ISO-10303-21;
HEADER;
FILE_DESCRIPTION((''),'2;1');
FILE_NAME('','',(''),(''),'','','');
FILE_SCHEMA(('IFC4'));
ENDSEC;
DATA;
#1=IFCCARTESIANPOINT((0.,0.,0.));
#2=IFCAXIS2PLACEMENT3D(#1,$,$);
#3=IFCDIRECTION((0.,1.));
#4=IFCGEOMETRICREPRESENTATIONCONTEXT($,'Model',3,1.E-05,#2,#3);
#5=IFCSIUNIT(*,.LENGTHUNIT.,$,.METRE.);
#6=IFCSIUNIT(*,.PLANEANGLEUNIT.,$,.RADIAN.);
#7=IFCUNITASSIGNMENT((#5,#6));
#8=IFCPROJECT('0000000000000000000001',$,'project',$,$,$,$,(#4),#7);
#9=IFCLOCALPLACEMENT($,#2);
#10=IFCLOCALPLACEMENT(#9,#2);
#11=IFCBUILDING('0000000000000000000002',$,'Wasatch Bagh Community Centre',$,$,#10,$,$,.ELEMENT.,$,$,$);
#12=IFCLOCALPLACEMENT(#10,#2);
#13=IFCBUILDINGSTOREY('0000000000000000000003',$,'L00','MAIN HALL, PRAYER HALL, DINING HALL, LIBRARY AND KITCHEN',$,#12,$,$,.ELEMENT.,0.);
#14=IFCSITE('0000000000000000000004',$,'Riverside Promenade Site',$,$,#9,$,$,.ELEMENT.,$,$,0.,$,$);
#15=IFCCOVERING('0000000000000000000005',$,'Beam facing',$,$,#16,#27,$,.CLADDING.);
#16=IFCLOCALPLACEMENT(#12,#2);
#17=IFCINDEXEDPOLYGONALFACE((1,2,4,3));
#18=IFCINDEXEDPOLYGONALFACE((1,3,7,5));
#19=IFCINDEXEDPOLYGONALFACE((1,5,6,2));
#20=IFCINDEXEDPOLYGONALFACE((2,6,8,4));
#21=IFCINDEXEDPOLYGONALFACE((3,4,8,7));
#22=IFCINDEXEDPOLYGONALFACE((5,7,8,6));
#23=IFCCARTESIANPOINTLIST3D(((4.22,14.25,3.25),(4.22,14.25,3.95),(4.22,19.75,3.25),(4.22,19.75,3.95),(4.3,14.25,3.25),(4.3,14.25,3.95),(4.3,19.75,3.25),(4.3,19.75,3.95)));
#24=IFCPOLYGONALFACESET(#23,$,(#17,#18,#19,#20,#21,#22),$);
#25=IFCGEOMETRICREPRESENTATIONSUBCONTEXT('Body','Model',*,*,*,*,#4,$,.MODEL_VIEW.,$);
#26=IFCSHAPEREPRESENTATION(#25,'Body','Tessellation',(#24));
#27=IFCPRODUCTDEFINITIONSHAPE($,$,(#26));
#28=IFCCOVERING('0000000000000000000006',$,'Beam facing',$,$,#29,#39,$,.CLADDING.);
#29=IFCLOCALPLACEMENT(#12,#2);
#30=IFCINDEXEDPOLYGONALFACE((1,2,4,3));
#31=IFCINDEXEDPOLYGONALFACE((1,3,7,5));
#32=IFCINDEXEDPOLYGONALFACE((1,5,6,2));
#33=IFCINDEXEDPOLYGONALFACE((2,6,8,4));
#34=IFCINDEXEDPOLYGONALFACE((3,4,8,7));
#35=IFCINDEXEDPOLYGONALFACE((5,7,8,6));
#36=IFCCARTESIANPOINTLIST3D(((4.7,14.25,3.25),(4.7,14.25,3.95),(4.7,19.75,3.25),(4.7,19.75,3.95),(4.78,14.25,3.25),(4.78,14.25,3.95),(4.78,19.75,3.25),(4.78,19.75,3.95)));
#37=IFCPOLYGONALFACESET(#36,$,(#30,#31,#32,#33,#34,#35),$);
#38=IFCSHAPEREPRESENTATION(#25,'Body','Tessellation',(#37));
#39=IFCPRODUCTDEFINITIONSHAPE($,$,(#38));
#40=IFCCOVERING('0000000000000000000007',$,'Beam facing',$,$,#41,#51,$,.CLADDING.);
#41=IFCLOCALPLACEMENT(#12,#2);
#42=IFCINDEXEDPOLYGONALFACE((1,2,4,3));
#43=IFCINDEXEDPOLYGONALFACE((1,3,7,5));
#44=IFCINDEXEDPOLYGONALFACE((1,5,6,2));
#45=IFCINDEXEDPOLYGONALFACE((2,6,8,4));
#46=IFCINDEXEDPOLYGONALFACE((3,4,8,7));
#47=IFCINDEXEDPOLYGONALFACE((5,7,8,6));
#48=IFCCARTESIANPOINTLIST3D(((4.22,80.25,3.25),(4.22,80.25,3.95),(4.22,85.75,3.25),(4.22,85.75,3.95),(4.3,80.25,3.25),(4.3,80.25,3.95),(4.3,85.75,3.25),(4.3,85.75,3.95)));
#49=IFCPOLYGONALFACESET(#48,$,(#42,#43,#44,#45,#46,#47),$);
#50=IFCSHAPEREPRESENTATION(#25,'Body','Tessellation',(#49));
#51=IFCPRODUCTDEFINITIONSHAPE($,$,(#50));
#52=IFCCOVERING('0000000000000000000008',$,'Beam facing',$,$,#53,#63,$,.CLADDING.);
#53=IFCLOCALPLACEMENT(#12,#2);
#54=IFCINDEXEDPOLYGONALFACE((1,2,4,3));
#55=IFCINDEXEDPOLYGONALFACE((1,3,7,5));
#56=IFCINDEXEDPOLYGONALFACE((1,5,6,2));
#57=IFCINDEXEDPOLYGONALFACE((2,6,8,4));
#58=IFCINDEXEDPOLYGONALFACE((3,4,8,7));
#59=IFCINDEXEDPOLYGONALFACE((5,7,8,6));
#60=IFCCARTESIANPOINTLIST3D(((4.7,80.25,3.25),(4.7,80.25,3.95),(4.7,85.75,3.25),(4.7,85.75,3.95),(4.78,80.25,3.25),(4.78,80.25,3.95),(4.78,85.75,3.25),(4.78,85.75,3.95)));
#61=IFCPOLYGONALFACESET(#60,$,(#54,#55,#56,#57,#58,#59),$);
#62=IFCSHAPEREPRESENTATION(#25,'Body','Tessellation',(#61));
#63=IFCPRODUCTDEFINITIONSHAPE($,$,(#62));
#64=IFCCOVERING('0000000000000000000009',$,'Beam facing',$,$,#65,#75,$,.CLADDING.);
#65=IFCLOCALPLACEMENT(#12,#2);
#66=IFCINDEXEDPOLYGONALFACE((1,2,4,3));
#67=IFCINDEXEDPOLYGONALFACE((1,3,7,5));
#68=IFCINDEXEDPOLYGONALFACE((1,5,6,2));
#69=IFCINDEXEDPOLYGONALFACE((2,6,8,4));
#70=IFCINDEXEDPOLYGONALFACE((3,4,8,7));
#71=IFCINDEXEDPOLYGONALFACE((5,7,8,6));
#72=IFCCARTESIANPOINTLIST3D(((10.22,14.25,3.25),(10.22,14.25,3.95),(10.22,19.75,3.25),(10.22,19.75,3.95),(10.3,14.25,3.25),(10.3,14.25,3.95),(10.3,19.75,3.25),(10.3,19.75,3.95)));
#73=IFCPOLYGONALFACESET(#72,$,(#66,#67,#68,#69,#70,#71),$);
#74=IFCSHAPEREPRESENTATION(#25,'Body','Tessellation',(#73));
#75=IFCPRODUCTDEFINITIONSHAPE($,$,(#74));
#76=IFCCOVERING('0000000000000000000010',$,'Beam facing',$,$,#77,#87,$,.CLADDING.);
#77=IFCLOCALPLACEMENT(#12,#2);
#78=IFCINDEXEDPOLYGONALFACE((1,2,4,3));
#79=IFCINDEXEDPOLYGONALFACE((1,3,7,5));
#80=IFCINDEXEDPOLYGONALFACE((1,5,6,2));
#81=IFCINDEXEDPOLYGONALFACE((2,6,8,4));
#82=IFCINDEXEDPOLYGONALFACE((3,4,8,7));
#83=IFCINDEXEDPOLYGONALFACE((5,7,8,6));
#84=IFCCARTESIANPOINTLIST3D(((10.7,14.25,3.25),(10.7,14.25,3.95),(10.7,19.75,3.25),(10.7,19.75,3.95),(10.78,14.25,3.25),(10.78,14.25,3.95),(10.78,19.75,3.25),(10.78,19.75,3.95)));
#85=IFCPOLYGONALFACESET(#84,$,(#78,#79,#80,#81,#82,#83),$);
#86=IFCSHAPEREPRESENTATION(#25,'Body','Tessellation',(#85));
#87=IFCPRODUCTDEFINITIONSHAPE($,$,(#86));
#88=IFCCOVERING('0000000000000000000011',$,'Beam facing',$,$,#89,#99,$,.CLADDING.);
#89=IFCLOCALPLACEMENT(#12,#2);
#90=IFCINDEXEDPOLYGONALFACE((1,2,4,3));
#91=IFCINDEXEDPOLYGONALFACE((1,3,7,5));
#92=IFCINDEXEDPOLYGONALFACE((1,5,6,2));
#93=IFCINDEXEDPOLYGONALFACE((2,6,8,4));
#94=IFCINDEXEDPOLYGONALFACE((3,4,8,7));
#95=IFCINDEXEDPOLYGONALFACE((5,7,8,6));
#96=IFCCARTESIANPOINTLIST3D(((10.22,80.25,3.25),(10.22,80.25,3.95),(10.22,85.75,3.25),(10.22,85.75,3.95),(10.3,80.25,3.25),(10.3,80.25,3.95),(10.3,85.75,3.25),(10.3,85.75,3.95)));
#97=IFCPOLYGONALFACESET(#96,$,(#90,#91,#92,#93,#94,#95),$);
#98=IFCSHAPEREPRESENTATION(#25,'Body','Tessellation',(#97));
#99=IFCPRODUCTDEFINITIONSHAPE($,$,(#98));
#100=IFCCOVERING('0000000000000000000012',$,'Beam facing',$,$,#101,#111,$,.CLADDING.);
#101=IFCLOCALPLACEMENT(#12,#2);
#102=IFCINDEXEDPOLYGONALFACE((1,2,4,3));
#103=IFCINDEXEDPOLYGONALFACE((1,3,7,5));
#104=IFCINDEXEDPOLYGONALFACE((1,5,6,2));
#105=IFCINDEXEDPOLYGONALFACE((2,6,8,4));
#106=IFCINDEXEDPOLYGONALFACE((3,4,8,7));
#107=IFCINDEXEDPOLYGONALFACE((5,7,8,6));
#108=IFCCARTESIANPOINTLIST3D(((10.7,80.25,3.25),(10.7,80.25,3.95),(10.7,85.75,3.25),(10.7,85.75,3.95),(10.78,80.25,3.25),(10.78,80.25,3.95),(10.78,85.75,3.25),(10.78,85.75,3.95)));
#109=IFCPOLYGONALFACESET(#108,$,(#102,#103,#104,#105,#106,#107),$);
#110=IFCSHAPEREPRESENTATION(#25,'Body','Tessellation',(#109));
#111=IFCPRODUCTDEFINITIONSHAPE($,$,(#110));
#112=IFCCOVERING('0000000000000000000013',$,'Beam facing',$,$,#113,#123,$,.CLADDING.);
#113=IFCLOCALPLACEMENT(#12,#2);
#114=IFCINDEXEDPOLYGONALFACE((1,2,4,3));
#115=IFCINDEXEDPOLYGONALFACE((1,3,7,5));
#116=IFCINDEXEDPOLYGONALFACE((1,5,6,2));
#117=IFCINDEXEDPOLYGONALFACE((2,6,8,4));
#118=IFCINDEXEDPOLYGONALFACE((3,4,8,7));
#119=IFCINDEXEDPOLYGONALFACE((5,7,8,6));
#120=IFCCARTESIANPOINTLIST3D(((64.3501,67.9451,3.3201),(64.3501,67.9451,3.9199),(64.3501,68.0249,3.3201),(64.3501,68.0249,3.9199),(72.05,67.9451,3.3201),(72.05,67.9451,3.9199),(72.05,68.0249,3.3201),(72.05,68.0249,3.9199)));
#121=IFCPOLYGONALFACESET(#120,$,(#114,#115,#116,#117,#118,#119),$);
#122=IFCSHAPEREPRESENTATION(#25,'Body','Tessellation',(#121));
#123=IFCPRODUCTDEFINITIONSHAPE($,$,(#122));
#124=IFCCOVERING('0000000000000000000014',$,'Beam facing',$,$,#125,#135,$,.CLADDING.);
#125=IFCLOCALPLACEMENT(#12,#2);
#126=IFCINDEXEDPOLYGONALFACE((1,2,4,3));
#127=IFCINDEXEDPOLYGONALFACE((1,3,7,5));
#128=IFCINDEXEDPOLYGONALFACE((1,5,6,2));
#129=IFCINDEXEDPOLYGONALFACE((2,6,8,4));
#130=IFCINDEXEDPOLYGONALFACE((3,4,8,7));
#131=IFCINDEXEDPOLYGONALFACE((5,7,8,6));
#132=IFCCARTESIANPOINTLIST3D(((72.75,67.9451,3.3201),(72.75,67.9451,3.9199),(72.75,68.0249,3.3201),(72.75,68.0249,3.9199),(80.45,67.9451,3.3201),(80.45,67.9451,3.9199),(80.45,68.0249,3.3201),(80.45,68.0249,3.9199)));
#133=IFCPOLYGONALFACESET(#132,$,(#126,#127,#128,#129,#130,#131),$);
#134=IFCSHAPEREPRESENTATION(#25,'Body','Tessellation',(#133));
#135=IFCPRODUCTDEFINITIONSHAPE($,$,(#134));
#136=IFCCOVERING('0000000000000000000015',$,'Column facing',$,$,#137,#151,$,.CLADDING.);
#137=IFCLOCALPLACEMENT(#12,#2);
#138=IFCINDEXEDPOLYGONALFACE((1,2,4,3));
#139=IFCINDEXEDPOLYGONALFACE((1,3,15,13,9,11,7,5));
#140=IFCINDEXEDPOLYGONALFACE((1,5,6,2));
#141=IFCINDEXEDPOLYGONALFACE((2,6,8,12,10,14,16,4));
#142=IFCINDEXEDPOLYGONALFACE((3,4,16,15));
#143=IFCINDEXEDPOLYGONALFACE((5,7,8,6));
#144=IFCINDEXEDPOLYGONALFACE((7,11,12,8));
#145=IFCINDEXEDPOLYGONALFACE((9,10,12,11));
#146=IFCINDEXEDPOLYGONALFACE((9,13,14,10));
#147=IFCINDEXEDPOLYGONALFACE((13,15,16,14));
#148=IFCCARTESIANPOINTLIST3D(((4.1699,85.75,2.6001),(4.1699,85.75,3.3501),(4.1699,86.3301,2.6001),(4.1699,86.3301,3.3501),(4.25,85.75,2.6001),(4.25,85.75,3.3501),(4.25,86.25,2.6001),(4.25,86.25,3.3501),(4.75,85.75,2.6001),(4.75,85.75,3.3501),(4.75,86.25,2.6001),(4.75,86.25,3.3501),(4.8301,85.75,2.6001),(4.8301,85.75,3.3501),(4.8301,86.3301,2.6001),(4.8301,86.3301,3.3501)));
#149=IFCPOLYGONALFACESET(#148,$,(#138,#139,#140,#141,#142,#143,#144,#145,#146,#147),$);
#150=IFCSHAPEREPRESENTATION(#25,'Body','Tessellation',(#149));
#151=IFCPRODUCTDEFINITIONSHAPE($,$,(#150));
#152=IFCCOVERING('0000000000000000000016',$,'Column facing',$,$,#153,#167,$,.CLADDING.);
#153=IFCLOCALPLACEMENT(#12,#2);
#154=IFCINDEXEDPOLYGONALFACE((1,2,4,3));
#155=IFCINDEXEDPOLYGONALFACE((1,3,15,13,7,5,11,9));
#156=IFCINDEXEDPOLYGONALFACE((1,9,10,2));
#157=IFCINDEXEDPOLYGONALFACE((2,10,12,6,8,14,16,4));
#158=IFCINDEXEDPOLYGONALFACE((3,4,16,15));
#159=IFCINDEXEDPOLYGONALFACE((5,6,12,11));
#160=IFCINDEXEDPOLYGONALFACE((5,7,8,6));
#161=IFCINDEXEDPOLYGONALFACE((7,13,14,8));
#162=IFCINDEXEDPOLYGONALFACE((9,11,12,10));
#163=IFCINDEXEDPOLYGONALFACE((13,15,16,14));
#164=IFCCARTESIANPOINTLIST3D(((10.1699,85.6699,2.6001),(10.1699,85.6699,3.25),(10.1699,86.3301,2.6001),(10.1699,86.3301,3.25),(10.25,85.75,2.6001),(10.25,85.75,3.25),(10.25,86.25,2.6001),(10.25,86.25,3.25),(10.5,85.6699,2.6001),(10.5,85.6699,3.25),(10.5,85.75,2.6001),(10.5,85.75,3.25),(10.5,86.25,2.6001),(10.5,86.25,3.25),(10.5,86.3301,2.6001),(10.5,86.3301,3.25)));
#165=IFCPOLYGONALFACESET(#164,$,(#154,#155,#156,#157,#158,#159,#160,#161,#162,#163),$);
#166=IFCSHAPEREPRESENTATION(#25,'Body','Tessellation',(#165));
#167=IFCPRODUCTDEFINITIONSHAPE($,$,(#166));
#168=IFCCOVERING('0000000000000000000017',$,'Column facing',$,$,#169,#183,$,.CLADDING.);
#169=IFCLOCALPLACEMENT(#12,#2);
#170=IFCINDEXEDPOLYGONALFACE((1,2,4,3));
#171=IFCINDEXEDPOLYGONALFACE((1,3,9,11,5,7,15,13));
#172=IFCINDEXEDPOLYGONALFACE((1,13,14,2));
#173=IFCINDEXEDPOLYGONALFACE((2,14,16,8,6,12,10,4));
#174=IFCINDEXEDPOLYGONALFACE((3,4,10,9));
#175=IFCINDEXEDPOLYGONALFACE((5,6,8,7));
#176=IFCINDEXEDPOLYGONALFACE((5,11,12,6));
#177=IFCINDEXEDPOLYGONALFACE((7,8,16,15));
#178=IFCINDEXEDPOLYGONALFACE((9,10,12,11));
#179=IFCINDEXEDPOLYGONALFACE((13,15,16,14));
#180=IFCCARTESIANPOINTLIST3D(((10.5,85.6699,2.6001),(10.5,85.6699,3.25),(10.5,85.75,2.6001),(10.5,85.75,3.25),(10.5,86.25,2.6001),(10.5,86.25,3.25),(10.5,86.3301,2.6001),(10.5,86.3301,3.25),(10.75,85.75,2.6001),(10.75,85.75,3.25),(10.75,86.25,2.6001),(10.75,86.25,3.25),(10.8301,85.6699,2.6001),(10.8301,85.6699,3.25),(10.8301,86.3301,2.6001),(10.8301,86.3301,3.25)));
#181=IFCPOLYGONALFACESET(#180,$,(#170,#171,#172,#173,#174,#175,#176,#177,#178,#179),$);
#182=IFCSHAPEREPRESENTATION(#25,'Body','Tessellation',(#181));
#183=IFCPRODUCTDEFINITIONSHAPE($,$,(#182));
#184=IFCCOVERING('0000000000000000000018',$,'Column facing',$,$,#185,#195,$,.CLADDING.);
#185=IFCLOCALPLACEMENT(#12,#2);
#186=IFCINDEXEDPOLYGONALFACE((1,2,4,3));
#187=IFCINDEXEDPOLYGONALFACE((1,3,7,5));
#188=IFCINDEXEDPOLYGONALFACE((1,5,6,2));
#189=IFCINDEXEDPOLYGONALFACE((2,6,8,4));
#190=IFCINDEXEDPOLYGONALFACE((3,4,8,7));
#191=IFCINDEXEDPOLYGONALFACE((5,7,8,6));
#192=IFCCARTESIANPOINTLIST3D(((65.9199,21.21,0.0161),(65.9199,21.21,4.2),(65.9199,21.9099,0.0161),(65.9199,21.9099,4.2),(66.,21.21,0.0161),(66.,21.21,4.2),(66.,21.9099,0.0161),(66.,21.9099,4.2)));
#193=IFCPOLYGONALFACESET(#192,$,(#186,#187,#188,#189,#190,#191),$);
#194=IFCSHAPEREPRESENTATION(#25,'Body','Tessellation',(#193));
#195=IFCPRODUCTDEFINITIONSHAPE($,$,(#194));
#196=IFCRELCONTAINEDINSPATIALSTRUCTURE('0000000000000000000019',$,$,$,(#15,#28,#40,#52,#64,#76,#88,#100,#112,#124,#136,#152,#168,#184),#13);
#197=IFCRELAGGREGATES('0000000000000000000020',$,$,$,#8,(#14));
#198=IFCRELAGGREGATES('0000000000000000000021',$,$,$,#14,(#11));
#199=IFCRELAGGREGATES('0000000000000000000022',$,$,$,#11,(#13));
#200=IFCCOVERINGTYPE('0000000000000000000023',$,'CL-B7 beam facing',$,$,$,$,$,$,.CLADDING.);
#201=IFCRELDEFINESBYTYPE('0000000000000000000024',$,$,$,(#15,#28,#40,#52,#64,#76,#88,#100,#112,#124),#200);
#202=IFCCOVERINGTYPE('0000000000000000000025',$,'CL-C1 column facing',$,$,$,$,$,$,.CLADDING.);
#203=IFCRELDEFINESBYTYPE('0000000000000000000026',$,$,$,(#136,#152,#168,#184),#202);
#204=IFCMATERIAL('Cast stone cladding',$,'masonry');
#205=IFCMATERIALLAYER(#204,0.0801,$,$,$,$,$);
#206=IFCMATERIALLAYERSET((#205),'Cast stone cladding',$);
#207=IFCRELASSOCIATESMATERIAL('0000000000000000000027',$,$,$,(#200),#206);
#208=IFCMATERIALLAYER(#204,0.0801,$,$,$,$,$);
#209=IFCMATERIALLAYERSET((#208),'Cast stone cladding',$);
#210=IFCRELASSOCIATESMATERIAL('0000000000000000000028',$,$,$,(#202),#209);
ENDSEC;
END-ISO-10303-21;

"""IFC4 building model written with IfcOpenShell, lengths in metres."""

from ifc_helpers import new_model, si_unit, direction, frame, origin, place, context, subcontext, project, spatial, polyline, outline, extrude, material, layer, layer_set, type_object, element, save


model = new_model("IFC4")

# Units and contexts
model_context = context("Model", 3, precision=1e-05, world=origin(), true_north=direction((0.0, 1.0)))
body_context = subcontext(model_context, "Body", "Model", "MODEL_VIEW")
ifc_project = project(units=[si_unit("LENGTHUNIT", "METRE"), si_unit("PLANEANGLEUNIT", "RADIAN")], contexts=[model_context])

# Site, building, storey
site_placement = place(None, origin())
site = spatial("IfcSite", under=ifc_project, at=site_placement, Name="Riverside Promenade Site", CompositionType="ELEMENT", RefElevation=0.0)
building_placement = place(site_placement, origin())
building = spatial("IfcBuilding", under=site, at=building_placement, Name="Wasatch Bagh Community Centre", CompositionType="ELEMENT")
storey_placement = place(building_placement, origin())
storey = spatial("IfcBuildingStorey", under=building, at=storey_placement, Name="L00", Description="MAIN HALL, PRAYER HALL, DINING HALL, LIBRARY AND KITCHEN", CompositionType="ELEMENT", Elevation=0.0)

# Coverings
ifc_material = material(Name="Cast stone cladding", Category="masonry")
ifc_layer_1 = layer(ifc_material, 0.0801)
ifc_layer_set_1 = layer_set([ifc_layer_1], Name="Cast stone cladding")
covering_type_1 = type_object("IfcCoveringType", Name="CL-B7 beam facing", PredefinedType="CLADDING", material=ifc_layer_set_1)
covering_1_placement = place(storey_placement, frame((0.0, 0.0, 3.25)))
element("IfcCovering", 1, at=covering_1_placement, inside=storey, type_object=covering_type_1, Name="Beam facing", PredefinedType="CLADDING", context=body_context, shape_type="SweptSolid", body=[
    extrude(outline(polyline([(4.3, 14.25), (4.3, 19.75), (4.22, 19.75), (4.22, 14.25), (4.3, 14.25)])), origin(), (0.0, 0.0, 1.0), 0.7),
])
covering_2_placement = place(storey_placement, frame((0.0, 0.0, 3.25)))
element("IfcCovering", 2, at=covering_2_placement, inside=storey, type_object=covering_type_1, Name="Beam facing", PredefinedType="CLADDING", context=body_context, shape_type="SweptSolid", body=[
    extrude(outline(polyline([(4.7, 14.25), (4.7, 19.75), (4.78, 19.75), (4.78, 14.25), (4.7, 14.25)])), origin(), (0.0, 0.0, 1.0), 0.7),
])
covering_3_placement = place(storey_placement, frame((0.0, 0.0, 3.25)))
element("IfcCovering", 3, at=covering_3_placement, inside=storey, type_object=covering_type_1, Name="Beam facing", PredefinedType="CLADDING", context=body_context, shape_type="SweptSolid", body=[
    extrude(outline(polyline([(4.3, 80.25), (4.3, 85.75), (4.22, 85.75), (4.22, 80.25), (4.3, 80.25)])), origin(), (0.0, 0.0, 1.0), 0.7),
])
covering_4_placement = place(storey_placement, frame((0.0, 0.0, 3.25)))
element("IfcCovering", 4, at=covering_4_placement, inside=storey, type_object=covering_type_1, Name="Beam facing", PredefinedType="CLADDING", context=body_context, shape_type="SweptSolid", body=[
    extrude(outline(polyline([(4.7, 80.25), (4.7, 85.75), (4.78, 85.75), (4.78, 80.25), (4.7, 80.25)])), origin(), (0.0, 0.0, 1.0), 0.7),
])
covering_5_placement = place(storey_placement, frame((0.0, 0.0, 3.25)))
element("IfcCovering", 5, at=covering_5_placement, inside=storey, type_object=covering_type_1, Name="Beam facing", PredefinedType="CLADDING", context=body_context, shape_type="SweptSolid", body=[
    extrude(outline(polyline([(10.3, 14.25), (10.3, 19.75), (10.22, 19.75), (10.22, 14.25), (10.3, 14.25)])), origin(), (0.0, 0.0, 1.0), 0.7),
])
covering_6_placement = place(storey_placement, frame((0.0, 0.0, 3.25)))
element("IfcCovering", 6, at=covering_6_placement, inside=storey, type_object=covering_type_1, Name="Beam facing", PredefinedType="CLADDING", context=body_context, shape_type="SweptSolid", body=[
    extrude(outline(polyline([(10.7, 14.25), (10.7, 19.75), (10.78, 19.75), (10.78, 14.25), (10.7, 14.25)])), origin(), (0.0, 0.0, 1.0), 0.7),
])
covering_7_placement = place(storey_placement, frame((0.0, 0.0, 3.25)))
element("IfcCovering", 7, at=covering_7_placement, inside=storey, type_object=covering_type_1, Name="Beam facing", PredefinedType="CLADDING", context=body_context, shape_type="SweptSolid", body=[
    extrude(outline(polyline([(10.3, 80.25), (10.3, 85.75), (10.22, 85.75), (10.22, 80.25), (10.3, 80.25)])), origin(), (0.0, 0.0, 1.0), 0.7),
])
covering_8_placement = place(storey_placement, frame((0.0, 0.0, 3.25)))
element("IfcCovering", 8, at=covering_8_placement, inside=storey, type_object=covering_type_1, Name="Beam facing", PredefinedType="CLADDING", context=body_context, shape_type="SweptSolid", body=[
    extrude(outline(polyline([(10.7, 80.25), (10.7, 85.75), (10.78, 85.75), (10.78, 80.25), (10.7, 80.25)])), origin(), (0.0, 0.0, 1.0), 0.7),
])
covering_9_placement = place(storey_placement, frame((0.0, 0.0, 3.3201)))
element("IfcCovering", 9, at=covering_9_placement, inside=storey, type_object=covering_type_1, Name="Beam facing", PredefinedType="CLADDING", context=body_context, shape_type="SweptSolid", body=[
    extrude(outline(polyline([(64.3501, 68.0249), (72.05, 68.0249), (72.05, 67.9451), (64.3501, 67.9451), (64.3501, 68.0249)])), origin(), (0.0, 0.0, 1.0), 0.5999),
])
covering_10_placement = place(storey_placement, frame((0.0, 0.0, 3.3201)))
element("IfcCovering", 10, at=covering_10_placement, inside=storey, type_object=covering_type_1, Name="Beam facing", PredefinedType="CLADDING", context=body_context, shape_type="SweptSolid", body=[
    extrude(outline(polyline([(72.75, 68.0249), (80.45, 68.0249), (80.45, 67.9451), (72.75, 67.9451), (72.75, 68.0249)])), origin(), (0.0, 0.0, 1.0), 0.5999),
])
ifc_layer_2 = layer(ifc_material, 0.0801)
ifc_layer_set_2 = layer_set([ifc_layer_2], Name="Cast stone cladding")
covering_type_2 = type_object("IfcCoveringType", Name="CL-C1 column facing", PredefinedType="CLADDING", material=ifc_layer_set_2)
covering_11_placement = place(storey_placement, frame((0.0, 0.0, 2.6001)))
element("IfcCovering", 11, at=covering_11_placement, inside=storey, type_object=covering_type_2, Name="Column facing", PredefinedType="CLADDING", context=body_context, shape_type="SweptSolid", body=[
    extrude(outline(polyline([(4.1699, 85.75), (4.1699, 86.3301), (4.8301, 86.3301), (4.8301, 85.75), (4.75, 85.75), (4.75, 86.25), (4.25, 86.25), (4.25, 85.75), (4.1699, 85.75)])), origin(), (0.0, 0.0, 1.0), 0.75),
])
covering_12_placement = place(storey_placement, frame((0.0, 0.0, 2.6001)))
element("IfcCovering", 12, at=covering_12_placement, inside=storey, type_object=covering_type_2, Name="Column facing", PredefinedType="CLADDING", context=body_context, shape_type="SweptSolid", body=[
    extrude(outline(polyline([(10.5, 86.3301), (10.5, 86.25), (10.25, 86.25), (10.25, 85.75), (10.5, 85.75), (10.5, 85.6699), (10.1699, 85.6699), (10.1699, 86.3301), (10.5, 86.3301)])), origin(), (0.0, 0.0, 1.0), 0.6499),
])
covering_13_placement = place(storey_placement, frame((0.0, 0.0, 2.6001)))
element("IfcCovering", 13, at=covering_13_placement, inside=storey, type_object=covering_type_2, Name="Column facing", PredefinedType="CLADDING", context=body_context, shape_type="SweptSolid", body=[
    extrude(outline(polyline([(10.8301, 86.3301), (10.8301, 85.6699), (10.5, 85.6699), (10.5, 85.75), (10.75, 85.75), (10.75, 86.25), (10.5, 86.25), (10.5, 86.3301), (10.8301, 86.3301)])), origin(), (0.0, 0.0, 1.0), 0.6499),
])
covering_14_placement = place(storey_placement, frame((0.0, 0.0, 0.0161)))
element("IfcCovering", 14, at=covering_14_placement, inside=storey, type_object=covering_type_2, Name="Column facing", PredefinedType="CLADDING", context=body_context, shape_type="SweptSolid", body=[
    extrude(outline(polyline([(66.0, 21.9099), (66.0, 21.21), (65.9199, 21.21), (65.9199, 21.9099), (66.0, 21.9099)])), origin(), (0.0, 0.0, 1.0), 4.1838),
])

save(model, "model.ifc")
